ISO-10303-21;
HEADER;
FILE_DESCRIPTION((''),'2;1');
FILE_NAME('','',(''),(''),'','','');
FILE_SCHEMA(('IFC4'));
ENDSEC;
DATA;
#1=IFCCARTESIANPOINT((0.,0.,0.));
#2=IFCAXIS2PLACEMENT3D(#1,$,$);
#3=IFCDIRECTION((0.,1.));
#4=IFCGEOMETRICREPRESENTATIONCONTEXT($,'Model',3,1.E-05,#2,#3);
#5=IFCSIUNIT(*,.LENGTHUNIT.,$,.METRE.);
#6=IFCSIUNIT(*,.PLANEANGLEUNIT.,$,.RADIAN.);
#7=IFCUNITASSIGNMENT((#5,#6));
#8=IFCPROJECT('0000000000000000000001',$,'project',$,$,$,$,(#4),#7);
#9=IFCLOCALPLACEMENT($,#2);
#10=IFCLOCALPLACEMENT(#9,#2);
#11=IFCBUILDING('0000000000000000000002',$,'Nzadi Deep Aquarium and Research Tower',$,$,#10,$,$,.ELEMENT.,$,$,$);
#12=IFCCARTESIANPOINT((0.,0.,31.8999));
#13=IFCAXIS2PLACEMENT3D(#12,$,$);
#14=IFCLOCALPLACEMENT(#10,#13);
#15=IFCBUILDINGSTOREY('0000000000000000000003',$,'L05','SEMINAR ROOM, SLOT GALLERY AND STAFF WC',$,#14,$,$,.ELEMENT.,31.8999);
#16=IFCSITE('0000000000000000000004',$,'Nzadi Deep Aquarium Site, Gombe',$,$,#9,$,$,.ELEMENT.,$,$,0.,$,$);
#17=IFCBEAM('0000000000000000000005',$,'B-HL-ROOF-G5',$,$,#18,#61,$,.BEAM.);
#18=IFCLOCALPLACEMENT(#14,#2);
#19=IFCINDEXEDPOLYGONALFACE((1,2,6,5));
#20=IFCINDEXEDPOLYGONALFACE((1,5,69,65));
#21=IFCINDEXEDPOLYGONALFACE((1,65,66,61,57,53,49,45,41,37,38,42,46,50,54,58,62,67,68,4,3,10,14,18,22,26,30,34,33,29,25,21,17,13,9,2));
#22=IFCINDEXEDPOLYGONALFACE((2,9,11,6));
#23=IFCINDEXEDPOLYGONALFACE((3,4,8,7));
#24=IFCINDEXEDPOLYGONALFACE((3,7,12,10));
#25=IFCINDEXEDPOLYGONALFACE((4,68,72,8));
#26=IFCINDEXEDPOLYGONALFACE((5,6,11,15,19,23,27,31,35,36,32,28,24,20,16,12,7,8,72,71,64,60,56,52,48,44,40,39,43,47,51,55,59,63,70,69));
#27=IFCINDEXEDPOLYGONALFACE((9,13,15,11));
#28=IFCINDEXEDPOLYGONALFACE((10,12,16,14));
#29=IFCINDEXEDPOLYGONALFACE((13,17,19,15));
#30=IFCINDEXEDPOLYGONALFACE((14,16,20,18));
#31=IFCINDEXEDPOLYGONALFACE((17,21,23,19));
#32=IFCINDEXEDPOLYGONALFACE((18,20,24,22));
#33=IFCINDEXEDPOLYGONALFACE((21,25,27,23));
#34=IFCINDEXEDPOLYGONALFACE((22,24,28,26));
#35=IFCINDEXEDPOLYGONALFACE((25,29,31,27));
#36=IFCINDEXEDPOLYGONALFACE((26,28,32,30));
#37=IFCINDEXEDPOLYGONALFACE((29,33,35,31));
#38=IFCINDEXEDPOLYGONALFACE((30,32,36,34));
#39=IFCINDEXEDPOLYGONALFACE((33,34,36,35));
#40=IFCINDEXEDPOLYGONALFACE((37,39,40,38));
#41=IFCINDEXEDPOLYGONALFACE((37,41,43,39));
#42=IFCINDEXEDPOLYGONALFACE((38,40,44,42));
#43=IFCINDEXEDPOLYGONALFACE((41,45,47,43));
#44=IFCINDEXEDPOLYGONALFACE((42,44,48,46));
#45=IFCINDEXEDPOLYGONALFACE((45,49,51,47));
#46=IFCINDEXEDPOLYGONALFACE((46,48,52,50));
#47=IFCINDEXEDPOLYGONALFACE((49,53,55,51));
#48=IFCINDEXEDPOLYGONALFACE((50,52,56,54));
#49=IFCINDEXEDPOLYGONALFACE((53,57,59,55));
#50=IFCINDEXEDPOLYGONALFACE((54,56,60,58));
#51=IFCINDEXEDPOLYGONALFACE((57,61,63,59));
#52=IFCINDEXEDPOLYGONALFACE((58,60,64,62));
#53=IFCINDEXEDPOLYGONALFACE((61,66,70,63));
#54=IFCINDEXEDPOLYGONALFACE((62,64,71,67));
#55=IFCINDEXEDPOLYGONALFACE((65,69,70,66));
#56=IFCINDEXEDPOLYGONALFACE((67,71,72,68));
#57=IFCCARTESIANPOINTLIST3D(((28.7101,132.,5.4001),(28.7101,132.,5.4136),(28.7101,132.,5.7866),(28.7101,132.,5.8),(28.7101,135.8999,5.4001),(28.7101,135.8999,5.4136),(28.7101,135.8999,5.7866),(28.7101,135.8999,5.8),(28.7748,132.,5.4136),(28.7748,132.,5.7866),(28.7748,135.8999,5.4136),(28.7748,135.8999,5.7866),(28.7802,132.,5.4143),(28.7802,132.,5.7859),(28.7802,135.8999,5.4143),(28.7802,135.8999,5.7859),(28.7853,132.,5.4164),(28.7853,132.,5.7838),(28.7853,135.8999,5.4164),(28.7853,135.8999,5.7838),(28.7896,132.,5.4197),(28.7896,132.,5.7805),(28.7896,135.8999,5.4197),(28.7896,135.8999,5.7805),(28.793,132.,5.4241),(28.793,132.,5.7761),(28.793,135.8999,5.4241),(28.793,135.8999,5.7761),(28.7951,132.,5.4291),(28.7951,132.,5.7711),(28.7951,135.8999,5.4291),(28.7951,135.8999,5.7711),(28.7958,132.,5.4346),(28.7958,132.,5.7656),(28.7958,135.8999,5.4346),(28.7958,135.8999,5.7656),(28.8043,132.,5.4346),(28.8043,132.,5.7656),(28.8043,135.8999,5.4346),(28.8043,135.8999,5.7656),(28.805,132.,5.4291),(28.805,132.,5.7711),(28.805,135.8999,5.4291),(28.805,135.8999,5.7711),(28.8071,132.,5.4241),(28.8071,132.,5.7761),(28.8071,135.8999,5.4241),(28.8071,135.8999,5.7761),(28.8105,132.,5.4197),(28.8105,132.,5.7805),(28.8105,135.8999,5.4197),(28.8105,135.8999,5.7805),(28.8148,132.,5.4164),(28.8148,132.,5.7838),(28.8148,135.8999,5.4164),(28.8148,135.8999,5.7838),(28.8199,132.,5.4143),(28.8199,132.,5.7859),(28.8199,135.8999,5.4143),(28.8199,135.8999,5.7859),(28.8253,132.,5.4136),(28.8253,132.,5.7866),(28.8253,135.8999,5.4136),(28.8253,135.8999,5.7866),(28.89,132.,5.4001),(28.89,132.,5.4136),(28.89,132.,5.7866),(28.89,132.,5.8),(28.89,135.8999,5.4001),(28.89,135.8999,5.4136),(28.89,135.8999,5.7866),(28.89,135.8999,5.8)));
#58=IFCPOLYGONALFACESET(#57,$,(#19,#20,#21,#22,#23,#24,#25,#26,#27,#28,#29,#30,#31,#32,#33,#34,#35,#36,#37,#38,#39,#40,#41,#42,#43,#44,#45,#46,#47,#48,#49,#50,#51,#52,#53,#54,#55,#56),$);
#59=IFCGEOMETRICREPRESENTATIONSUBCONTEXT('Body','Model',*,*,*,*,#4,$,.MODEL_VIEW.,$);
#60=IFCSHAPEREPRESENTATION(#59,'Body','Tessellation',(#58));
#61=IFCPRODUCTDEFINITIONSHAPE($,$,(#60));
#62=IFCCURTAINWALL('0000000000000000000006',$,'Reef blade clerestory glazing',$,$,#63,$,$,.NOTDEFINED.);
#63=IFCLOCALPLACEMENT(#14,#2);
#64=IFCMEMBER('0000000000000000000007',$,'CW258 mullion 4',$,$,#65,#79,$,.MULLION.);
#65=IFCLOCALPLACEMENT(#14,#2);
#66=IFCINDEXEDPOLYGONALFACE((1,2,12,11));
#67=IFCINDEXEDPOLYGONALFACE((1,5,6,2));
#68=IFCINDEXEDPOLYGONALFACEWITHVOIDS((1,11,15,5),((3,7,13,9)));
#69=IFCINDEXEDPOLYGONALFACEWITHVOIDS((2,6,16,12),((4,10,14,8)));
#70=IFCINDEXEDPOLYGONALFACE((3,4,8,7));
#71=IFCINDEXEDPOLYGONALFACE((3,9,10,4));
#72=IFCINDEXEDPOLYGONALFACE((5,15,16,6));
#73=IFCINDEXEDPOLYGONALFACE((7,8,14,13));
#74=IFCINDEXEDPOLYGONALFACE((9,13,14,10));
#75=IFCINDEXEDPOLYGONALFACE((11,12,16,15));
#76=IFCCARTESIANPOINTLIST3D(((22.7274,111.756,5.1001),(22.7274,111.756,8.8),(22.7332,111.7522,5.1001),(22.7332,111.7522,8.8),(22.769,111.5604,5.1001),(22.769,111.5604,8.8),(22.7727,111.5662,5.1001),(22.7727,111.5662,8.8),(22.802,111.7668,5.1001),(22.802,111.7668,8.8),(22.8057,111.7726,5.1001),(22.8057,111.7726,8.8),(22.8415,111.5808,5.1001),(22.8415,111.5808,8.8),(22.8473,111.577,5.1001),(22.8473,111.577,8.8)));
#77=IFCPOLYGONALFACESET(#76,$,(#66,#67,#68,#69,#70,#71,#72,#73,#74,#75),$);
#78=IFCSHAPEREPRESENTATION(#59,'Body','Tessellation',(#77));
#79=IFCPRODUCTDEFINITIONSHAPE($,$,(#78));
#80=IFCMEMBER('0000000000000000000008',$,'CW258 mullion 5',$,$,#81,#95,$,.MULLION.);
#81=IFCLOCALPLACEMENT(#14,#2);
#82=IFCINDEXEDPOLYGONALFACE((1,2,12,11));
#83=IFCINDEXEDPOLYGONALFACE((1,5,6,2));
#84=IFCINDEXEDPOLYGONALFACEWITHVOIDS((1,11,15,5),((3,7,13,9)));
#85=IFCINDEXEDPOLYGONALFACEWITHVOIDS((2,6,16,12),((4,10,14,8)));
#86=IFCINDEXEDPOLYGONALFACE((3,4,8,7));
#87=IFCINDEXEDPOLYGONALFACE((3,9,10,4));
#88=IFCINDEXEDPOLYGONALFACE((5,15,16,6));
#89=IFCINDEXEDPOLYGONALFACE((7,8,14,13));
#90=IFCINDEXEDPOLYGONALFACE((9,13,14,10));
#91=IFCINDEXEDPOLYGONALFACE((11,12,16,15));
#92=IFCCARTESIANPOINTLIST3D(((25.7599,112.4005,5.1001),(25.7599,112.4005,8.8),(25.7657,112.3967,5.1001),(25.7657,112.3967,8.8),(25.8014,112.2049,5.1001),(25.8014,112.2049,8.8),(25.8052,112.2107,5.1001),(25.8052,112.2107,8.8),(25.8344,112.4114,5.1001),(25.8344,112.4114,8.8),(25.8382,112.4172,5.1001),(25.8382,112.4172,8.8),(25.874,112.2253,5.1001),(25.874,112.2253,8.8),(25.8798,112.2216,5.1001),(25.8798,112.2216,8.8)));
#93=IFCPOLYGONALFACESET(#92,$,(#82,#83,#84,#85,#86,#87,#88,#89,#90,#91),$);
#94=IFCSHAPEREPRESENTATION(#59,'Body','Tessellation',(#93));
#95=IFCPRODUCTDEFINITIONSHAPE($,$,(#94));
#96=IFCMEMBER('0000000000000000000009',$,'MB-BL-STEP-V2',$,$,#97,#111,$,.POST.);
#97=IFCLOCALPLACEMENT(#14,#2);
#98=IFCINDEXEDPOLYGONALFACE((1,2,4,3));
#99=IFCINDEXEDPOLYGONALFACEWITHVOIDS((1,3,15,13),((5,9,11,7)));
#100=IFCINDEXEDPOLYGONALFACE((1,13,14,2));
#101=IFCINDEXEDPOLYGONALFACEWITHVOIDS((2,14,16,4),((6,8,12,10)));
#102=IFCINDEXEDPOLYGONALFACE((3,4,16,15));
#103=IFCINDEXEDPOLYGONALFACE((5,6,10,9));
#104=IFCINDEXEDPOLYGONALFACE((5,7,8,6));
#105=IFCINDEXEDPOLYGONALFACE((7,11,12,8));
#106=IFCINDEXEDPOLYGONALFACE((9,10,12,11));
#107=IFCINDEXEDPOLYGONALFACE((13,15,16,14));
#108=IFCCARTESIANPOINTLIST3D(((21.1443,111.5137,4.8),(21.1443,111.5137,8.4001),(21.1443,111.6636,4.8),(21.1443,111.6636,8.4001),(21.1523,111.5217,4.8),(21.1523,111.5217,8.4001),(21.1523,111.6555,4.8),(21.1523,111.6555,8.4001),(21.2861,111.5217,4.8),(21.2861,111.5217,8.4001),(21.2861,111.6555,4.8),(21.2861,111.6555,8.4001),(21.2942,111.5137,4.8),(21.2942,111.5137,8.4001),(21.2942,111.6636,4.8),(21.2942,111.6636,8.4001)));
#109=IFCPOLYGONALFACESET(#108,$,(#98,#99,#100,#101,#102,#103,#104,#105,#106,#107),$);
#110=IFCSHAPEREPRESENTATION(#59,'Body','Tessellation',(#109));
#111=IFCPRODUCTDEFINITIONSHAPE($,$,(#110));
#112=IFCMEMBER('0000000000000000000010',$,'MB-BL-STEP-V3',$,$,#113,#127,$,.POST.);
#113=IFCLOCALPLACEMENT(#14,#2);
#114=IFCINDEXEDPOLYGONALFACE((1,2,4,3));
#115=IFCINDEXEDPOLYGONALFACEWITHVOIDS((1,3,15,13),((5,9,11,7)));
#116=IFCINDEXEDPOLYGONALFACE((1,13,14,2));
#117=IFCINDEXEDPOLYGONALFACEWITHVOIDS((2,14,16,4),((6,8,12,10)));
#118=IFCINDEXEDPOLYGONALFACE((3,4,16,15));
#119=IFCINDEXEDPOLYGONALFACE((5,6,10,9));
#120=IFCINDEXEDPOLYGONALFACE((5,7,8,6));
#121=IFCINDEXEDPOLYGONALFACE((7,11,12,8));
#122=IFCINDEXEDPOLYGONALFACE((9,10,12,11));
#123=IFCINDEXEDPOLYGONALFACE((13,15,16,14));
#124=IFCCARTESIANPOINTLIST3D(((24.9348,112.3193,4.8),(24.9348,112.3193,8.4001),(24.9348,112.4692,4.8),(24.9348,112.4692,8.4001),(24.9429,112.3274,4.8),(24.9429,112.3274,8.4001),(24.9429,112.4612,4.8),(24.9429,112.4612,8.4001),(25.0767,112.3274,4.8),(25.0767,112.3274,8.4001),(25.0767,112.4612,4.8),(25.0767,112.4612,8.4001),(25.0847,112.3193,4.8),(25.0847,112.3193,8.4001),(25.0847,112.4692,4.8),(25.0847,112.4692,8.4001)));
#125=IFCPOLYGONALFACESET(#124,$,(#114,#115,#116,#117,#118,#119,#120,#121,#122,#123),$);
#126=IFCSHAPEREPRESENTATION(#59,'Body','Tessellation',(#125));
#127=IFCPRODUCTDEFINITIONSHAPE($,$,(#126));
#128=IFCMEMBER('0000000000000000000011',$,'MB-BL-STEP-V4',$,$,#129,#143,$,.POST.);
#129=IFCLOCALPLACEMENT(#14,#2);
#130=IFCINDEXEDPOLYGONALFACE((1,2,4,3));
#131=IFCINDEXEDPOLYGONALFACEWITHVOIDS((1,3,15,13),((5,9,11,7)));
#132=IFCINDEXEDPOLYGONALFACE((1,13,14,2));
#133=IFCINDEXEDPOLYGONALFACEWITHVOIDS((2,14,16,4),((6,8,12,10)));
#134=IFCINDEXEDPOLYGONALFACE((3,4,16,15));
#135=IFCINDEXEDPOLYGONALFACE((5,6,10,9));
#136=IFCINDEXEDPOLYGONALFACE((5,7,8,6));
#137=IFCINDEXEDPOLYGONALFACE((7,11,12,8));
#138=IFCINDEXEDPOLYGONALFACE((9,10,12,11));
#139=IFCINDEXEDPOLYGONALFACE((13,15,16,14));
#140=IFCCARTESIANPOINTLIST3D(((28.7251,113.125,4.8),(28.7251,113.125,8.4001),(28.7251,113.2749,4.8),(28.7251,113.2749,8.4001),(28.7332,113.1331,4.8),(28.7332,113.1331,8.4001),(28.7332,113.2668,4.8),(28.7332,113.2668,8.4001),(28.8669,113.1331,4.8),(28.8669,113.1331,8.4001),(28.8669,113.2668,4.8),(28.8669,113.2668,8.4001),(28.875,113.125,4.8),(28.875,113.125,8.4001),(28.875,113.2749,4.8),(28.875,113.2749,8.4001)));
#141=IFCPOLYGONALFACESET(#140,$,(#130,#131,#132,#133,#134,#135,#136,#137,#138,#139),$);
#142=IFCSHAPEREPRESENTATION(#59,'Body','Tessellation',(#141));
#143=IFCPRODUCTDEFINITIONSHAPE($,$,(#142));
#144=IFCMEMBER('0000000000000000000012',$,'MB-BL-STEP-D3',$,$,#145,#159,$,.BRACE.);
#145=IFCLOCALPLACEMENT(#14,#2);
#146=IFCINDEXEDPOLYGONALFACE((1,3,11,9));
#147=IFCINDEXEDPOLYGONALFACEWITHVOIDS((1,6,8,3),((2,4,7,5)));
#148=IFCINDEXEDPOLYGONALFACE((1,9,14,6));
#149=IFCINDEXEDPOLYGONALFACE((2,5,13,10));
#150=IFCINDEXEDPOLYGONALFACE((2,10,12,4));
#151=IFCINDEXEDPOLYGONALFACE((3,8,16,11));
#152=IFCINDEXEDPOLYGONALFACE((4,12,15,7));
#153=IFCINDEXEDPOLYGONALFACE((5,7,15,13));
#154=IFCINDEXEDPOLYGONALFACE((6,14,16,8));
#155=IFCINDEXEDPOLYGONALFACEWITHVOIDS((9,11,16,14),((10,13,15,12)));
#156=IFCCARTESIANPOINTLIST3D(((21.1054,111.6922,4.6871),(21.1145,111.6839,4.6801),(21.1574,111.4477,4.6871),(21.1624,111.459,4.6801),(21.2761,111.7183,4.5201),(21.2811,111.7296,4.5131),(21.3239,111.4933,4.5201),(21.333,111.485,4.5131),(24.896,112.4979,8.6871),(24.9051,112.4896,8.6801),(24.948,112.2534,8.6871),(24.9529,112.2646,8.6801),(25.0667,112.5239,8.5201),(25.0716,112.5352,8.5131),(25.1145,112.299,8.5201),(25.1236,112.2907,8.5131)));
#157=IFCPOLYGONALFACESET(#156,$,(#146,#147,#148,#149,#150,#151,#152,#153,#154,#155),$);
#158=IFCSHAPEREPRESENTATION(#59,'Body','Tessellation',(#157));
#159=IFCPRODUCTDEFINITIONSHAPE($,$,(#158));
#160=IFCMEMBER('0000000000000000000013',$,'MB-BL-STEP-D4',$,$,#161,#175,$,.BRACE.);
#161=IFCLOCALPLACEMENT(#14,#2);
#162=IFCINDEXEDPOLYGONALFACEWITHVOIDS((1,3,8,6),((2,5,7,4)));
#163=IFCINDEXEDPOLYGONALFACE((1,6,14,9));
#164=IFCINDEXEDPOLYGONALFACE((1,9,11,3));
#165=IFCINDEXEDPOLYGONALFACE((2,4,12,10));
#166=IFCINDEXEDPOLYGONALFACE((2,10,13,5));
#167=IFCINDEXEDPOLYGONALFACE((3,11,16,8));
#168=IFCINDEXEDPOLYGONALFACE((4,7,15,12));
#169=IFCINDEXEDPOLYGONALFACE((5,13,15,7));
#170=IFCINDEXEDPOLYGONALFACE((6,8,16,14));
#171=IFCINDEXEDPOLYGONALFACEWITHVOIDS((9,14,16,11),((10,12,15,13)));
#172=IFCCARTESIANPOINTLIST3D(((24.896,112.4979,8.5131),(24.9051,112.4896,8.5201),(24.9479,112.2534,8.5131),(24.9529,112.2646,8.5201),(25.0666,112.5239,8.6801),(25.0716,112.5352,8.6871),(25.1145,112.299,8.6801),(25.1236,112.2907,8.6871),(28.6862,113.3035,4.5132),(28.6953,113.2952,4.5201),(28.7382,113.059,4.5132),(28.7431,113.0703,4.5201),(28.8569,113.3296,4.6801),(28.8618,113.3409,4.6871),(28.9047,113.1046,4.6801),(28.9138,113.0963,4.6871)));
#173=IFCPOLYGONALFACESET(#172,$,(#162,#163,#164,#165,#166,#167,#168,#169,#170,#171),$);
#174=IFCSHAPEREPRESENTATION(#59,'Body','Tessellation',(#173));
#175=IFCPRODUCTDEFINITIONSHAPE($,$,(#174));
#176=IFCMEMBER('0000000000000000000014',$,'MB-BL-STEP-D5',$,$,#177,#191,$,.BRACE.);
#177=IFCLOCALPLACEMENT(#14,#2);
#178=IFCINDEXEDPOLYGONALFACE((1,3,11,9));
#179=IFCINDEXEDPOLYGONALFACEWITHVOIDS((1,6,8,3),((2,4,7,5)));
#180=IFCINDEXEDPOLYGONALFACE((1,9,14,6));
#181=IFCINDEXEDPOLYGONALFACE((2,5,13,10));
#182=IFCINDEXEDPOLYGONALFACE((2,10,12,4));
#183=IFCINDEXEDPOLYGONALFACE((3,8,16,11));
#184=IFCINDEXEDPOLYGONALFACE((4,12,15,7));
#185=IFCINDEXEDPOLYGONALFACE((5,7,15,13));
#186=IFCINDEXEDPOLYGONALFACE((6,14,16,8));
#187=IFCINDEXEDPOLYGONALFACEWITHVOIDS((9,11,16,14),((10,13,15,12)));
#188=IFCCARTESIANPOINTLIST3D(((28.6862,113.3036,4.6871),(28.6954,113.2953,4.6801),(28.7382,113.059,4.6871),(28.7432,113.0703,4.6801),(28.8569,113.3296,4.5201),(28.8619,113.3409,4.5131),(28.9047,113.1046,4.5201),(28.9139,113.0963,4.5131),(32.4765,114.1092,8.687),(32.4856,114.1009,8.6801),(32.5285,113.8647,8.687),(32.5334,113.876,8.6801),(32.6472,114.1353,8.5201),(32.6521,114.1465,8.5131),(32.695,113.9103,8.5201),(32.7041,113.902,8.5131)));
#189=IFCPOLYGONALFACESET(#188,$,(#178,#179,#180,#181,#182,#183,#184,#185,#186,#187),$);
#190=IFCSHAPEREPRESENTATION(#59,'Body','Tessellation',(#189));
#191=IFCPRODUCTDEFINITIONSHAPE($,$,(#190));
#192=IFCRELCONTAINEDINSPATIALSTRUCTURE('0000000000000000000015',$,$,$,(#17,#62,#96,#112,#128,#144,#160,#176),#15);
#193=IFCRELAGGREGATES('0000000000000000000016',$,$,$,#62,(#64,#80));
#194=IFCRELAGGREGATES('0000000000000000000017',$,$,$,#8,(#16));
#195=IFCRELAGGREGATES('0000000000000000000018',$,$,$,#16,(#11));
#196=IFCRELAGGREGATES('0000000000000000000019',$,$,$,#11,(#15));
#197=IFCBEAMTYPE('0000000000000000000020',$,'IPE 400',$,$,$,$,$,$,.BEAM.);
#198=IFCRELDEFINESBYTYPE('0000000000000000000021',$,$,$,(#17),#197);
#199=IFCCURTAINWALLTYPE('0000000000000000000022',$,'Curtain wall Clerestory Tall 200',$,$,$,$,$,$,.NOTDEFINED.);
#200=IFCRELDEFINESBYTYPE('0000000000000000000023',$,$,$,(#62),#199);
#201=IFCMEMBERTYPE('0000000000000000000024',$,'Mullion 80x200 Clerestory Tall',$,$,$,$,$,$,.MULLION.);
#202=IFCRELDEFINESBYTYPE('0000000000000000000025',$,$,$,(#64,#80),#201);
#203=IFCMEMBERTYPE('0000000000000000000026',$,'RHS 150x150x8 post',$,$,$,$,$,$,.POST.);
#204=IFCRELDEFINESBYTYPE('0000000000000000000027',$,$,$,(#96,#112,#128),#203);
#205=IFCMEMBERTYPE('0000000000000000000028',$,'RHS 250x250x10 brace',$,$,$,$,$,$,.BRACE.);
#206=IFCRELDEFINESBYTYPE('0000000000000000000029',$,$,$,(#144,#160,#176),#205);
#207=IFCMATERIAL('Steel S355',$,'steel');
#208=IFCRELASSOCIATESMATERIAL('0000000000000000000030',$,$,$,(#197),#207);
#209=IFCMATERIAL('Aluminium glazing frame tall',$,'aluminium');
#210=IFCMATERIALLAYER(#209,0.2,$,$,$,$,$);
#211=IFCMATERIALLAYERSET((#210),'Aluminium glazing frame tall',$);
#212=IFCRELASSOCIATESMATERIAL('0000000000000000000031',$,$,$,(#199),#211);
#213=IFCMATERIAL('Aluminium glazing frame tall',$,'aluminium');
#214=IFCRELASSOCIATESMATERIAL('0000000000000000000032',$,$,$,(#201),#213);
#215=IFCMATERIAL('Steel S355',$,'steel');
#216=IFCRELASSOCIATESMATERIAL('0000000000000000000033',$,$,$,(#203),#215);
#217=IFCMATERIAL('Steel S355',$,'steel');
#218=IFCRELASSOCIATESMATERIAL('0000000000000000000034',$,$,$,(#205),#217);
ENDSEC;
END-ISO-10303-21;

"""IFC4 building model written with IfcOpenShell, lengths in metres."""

from ifc_helpers import new_model, si_unit, direction, frame, origin, origin_2d, place, context, subcontext, project, spatial, hollow_rectangle, i_section, extrude, material, layer, layer_set, material_profile, profile_set, type_object, element, aggregate, save


model = new_model("IFC4")

# Units and contexts
model_context = context("Model", 3, precision=1e-05, world=origin(), true_north=direction((0.0, 1.0)))
body_context = subcontext(model_context, "Body", "Model", "MODEL_VIEW")
ifc_project = project(units=[si_unit("LENGTHUNIT", "METRE"), si_unit("PLANEANGLEUNIT", "RADIAN")], contexts=[model_context])

# Site, building, storey
site_placement = place(None, origin())
site = spatial("IfcSite", under=ifc_project, at=site_placement, Name="Nzadi Deep Aquarium Site, Gombe", CompositionType="ELEMENT", RefElevation=0.0)
building_placement = place(site_placement, origin())
building = spatial("IfcBuilding", under=site, at=building_placement, Name="Nzadi Deep Aquarium and Research Tower", CompositionType="ELEMENT")
storey_placement = place(building_placement, frame((0.0, 0.0, 31.8999)))
storey = spatial("IfcBuildingStorey", under=building, at=storey_placement, Name="L05", Description="SEMINAR ROOM, SLOT GALLERY AND STAFF WC", CompositionType="ELEMENT", Elevation=31.8999)

# Beam
ifc_material_1 = material(Name="Steel S355", Category="steel")
ifc_material_profile_1 = material_profile(ifc_material_1, i_section(OverallWidth=0.1799, OverallDepth=0.3999, WebThickness=0.0085, FlangeThickness=0.0134, FilletRadius=0.021, at=origin_2d()))
ifc_profile_set_1 = profile_set([ifc_material_profile_1], Name="Steel S355")
beam_type = type_object("IfcBeamType", Name="IPE 400", PredefinedType="BEAM", material=ifc_profile_set_1)
for number, where, z_axis, x_axis, name in (
    (1, (28.8, 132.0, 5.6001), (0.0, 1.0, 0.0), (-1.0, 0.0, 0.0), "B-HL-ROOF-G5"),
):
    element("IfcBeam", number, at=place(storey_placement, frame(where, z_axis=z_axis, x_axis=x_axis)), inside=storey, type_object=beam_type, Name=name, PredefinedType="BEAM", context=body_context, shape_type="SweptSolid", body=[
        extrude(i_section(OverallWidth=0.1799, OverallDepth=0.3999, WebThickness=0.0085, FlangeThickness=0.0134, FilletRadius=0.021, at=origin_2d()), origin(), (0.0, 0.0, 1.0), 3.8999),
    ])

# Curtain wall, members
ifc_material_2 = material(Name="Aluminium glazing frame tall", Category="aluminium")
ifc_layer_1 = layer(ifc_material_2, 0.2)
ifc_layer_set_1 = layer_set([ifc_layer_1], Name="Aluminium glazing frame tall")
curtain_wall_type = type_object("IfcCurtainWallType", Name="Curtain wall Clerestory Tall 200", PredefinedType="NOTDEFINED", material=ifc_layer_set_1)
curtain_wall_placement = place(storey_placement, origin())
curtain_wall = element("IfcCurtainWall", 2, at=curtain_wall_placement, inside=storey, type_object=curtain_wall_type, Name="Reef blade clerestory glazing", PredefinedType="NOTDEFINED")
ifc_material_3 = material(Name="Aluminium glazing frame tall", Category="aluminium")
ifc_material_profile_2 = material_profile(ifc_material_3, hollow_rectangle(XDim=0.2, YDim=0.0801, WallThickness=0.0049, at=origin_2d()))
ifc_profile_set_2 = profile_set([ifc_material_profile_2], Name="Aluminium glazing frame tall")
member_type_1 = type_object("IfcMemberType", Name="Mullion 80x200 Clerestory Tall", PredefinedType="MULLION", material=ifc_profile_set_2)
member_1_placement = place(storey_placement, frame((22.7874, 111.6665, 5.1001), z_axis=(0.0, 0.0, 1.0), x_axis=(-0.207912, 0.978148, 0.0)))
member_1 = element("IfcMember", 3, at=member_1_placement, type_object=member_type_1, Name="CW258 mullion 4", PredefinedType="MULLION", context=body_context, shape_type="SweptSolid", body=[
    extrude(hollow_rectangle(XDim=0.2, YDim=0.0801, WallThickness=0.0049, at=origin_2d()), origin(), (0.0, 0.0, 1.0), 3.7),
])
member_2_placement = place(storey_placement, frame((25.8198, 112.311, 5.1001), z_axis=(0.0, 0.0, 1.0), x_axis=(-0.207912, 0.978148, 0.0)))
member_2 = element("IfcMember", 4, at=member_2_placement, type_object=member_type_1, Name="CW258 mullion 5", PredefinedType="MULLION", context=body_context, shape_type="SweptSolid", body=[
    extrude(hollow_rectangle(XDim=0.2, YDim=0.0801, WallThickness=0.0049, at=origin_2d()), origin(), (0.0, 0.0, 1.0), 3.7),
])

# Members
ifc_material_4 = material(Name="Steel S355", Category="steel")
ifc_material_profile_3 = material_profile(ifc_material_4, hollow_rectangle(XDim=0.1499, YDim=0.1499, WallThickness=0.0081, at=origin_2d()))
ifc_profile_set_3 = profile_set([ifc_material_profile_3], Name="Steel S355")
member_type_2 = type_object("IfcMemberType", Name="RHS 150x150x8 post", PredefinedType="POST", material=ifc_profile_set_3)
for number, where, z_axis, x_axis, name in (
    (5, (21.2192, 111.5886, 4.8), (0.0, 0.0, 1.0), (1.0, 0.0, 0.0), "MB-BL-STEP-V2"),
    (6, (25.0098, 112.3943, 4.8), (0.0, 0.0, 1.0), (1.0, 0.0, 0.0), "MB-BL-STEP-V3"),
    (7, (28.8, 113.2, 4.8), (0.0, 0.0, 1.0), (1.0, 0.0, 0.0), "MB-BL-STEP-V4"),
):
    element("IfcMember", number, at=place(storey_placement, frame(where, z_axis=z_axis, x_axis=x_axis)), inside=storey, type_object=member_type_2, Name=name, PredefinedType="POST", context=body_context, shape_type="SweptSolid", body=[
        extrude(hollow_rectangle(XDim=0.1499, YDim=0.1499, WallThickness=0.0081, at=origin_2d()), origin(), (0.0, 0.0, 1.0), 3.6001),
    ])
ifc_material_5 = material(Name="Steel S355", Category="steel")
ifc_material_profile_4 = material_profile(ifc_material_5, hollow_rectangle(XDim=0.25, YDim=0.25, WallThickness=0.01, at=origin_2d()))
ifc_profile_set_4 = profile_set([ifc_material_profile_4], Name="Steel S355")
member_type_3 = type_object("IfcMemberType", Name="RHS 250x250x10 brace", PredefinedType="BRACE", material=ifc_profile_set_4)
member_3_placement = place(storey_placement, frame((21.2192, 111.5886, 4.6001), z_axis=(0.68061, 0.144661, 0.718222), x_axis=(-0.207902, 0.97815, 0.0)))
element("IfcMember", 8, at=member_3_placement, inside=storey, type_object=member_type_3, Name="MB-BL-STEP-D3", PredefinedType="BRACE", context=body_context, shape_type="SweptSolid", body=[
    extrude(hollow_rectangle(XDim=0.25, YDim=0.25, WallThickness=0.01, at=origin_2d()), origin(), (0.0, 0.0, 1.0), 5.5693),
])
for number, where, z_axis, x_axis, name in (
    (9, (25.0098, 112.3943, 8.6001), (0.680587, 0.144666, -0.718244), (-0.207915, 0.978147, 0.0), "MB-BL-STEP-D4"),
    (10, (28.8, 113.2, 4.6001), (0.680587, 0.144666, 0.718244), (-0.207915, 0.978147, 0.0), "MB-BL-STEP-D5"),
):
    element("IfcMember", number, at=place(storey_placement, frame(where, z_axis=z_axis, x_axis=x_axis)), inside=storey, type_object=member_type_3, Name=name, PredefinedType="BRACE", context=body_context, shape_type="SweptSolid", body=[
        extrude(hollow_rectangle(XDim=0.25, YDim=0.25, WallThickness=0.01, at=origin_2d()), origin(), (0.0, 0.0, 1.0), 5.5691),
    ])

aggregate(curtain_wall, [member_1, member_2])

save(model, "model.ifc")
